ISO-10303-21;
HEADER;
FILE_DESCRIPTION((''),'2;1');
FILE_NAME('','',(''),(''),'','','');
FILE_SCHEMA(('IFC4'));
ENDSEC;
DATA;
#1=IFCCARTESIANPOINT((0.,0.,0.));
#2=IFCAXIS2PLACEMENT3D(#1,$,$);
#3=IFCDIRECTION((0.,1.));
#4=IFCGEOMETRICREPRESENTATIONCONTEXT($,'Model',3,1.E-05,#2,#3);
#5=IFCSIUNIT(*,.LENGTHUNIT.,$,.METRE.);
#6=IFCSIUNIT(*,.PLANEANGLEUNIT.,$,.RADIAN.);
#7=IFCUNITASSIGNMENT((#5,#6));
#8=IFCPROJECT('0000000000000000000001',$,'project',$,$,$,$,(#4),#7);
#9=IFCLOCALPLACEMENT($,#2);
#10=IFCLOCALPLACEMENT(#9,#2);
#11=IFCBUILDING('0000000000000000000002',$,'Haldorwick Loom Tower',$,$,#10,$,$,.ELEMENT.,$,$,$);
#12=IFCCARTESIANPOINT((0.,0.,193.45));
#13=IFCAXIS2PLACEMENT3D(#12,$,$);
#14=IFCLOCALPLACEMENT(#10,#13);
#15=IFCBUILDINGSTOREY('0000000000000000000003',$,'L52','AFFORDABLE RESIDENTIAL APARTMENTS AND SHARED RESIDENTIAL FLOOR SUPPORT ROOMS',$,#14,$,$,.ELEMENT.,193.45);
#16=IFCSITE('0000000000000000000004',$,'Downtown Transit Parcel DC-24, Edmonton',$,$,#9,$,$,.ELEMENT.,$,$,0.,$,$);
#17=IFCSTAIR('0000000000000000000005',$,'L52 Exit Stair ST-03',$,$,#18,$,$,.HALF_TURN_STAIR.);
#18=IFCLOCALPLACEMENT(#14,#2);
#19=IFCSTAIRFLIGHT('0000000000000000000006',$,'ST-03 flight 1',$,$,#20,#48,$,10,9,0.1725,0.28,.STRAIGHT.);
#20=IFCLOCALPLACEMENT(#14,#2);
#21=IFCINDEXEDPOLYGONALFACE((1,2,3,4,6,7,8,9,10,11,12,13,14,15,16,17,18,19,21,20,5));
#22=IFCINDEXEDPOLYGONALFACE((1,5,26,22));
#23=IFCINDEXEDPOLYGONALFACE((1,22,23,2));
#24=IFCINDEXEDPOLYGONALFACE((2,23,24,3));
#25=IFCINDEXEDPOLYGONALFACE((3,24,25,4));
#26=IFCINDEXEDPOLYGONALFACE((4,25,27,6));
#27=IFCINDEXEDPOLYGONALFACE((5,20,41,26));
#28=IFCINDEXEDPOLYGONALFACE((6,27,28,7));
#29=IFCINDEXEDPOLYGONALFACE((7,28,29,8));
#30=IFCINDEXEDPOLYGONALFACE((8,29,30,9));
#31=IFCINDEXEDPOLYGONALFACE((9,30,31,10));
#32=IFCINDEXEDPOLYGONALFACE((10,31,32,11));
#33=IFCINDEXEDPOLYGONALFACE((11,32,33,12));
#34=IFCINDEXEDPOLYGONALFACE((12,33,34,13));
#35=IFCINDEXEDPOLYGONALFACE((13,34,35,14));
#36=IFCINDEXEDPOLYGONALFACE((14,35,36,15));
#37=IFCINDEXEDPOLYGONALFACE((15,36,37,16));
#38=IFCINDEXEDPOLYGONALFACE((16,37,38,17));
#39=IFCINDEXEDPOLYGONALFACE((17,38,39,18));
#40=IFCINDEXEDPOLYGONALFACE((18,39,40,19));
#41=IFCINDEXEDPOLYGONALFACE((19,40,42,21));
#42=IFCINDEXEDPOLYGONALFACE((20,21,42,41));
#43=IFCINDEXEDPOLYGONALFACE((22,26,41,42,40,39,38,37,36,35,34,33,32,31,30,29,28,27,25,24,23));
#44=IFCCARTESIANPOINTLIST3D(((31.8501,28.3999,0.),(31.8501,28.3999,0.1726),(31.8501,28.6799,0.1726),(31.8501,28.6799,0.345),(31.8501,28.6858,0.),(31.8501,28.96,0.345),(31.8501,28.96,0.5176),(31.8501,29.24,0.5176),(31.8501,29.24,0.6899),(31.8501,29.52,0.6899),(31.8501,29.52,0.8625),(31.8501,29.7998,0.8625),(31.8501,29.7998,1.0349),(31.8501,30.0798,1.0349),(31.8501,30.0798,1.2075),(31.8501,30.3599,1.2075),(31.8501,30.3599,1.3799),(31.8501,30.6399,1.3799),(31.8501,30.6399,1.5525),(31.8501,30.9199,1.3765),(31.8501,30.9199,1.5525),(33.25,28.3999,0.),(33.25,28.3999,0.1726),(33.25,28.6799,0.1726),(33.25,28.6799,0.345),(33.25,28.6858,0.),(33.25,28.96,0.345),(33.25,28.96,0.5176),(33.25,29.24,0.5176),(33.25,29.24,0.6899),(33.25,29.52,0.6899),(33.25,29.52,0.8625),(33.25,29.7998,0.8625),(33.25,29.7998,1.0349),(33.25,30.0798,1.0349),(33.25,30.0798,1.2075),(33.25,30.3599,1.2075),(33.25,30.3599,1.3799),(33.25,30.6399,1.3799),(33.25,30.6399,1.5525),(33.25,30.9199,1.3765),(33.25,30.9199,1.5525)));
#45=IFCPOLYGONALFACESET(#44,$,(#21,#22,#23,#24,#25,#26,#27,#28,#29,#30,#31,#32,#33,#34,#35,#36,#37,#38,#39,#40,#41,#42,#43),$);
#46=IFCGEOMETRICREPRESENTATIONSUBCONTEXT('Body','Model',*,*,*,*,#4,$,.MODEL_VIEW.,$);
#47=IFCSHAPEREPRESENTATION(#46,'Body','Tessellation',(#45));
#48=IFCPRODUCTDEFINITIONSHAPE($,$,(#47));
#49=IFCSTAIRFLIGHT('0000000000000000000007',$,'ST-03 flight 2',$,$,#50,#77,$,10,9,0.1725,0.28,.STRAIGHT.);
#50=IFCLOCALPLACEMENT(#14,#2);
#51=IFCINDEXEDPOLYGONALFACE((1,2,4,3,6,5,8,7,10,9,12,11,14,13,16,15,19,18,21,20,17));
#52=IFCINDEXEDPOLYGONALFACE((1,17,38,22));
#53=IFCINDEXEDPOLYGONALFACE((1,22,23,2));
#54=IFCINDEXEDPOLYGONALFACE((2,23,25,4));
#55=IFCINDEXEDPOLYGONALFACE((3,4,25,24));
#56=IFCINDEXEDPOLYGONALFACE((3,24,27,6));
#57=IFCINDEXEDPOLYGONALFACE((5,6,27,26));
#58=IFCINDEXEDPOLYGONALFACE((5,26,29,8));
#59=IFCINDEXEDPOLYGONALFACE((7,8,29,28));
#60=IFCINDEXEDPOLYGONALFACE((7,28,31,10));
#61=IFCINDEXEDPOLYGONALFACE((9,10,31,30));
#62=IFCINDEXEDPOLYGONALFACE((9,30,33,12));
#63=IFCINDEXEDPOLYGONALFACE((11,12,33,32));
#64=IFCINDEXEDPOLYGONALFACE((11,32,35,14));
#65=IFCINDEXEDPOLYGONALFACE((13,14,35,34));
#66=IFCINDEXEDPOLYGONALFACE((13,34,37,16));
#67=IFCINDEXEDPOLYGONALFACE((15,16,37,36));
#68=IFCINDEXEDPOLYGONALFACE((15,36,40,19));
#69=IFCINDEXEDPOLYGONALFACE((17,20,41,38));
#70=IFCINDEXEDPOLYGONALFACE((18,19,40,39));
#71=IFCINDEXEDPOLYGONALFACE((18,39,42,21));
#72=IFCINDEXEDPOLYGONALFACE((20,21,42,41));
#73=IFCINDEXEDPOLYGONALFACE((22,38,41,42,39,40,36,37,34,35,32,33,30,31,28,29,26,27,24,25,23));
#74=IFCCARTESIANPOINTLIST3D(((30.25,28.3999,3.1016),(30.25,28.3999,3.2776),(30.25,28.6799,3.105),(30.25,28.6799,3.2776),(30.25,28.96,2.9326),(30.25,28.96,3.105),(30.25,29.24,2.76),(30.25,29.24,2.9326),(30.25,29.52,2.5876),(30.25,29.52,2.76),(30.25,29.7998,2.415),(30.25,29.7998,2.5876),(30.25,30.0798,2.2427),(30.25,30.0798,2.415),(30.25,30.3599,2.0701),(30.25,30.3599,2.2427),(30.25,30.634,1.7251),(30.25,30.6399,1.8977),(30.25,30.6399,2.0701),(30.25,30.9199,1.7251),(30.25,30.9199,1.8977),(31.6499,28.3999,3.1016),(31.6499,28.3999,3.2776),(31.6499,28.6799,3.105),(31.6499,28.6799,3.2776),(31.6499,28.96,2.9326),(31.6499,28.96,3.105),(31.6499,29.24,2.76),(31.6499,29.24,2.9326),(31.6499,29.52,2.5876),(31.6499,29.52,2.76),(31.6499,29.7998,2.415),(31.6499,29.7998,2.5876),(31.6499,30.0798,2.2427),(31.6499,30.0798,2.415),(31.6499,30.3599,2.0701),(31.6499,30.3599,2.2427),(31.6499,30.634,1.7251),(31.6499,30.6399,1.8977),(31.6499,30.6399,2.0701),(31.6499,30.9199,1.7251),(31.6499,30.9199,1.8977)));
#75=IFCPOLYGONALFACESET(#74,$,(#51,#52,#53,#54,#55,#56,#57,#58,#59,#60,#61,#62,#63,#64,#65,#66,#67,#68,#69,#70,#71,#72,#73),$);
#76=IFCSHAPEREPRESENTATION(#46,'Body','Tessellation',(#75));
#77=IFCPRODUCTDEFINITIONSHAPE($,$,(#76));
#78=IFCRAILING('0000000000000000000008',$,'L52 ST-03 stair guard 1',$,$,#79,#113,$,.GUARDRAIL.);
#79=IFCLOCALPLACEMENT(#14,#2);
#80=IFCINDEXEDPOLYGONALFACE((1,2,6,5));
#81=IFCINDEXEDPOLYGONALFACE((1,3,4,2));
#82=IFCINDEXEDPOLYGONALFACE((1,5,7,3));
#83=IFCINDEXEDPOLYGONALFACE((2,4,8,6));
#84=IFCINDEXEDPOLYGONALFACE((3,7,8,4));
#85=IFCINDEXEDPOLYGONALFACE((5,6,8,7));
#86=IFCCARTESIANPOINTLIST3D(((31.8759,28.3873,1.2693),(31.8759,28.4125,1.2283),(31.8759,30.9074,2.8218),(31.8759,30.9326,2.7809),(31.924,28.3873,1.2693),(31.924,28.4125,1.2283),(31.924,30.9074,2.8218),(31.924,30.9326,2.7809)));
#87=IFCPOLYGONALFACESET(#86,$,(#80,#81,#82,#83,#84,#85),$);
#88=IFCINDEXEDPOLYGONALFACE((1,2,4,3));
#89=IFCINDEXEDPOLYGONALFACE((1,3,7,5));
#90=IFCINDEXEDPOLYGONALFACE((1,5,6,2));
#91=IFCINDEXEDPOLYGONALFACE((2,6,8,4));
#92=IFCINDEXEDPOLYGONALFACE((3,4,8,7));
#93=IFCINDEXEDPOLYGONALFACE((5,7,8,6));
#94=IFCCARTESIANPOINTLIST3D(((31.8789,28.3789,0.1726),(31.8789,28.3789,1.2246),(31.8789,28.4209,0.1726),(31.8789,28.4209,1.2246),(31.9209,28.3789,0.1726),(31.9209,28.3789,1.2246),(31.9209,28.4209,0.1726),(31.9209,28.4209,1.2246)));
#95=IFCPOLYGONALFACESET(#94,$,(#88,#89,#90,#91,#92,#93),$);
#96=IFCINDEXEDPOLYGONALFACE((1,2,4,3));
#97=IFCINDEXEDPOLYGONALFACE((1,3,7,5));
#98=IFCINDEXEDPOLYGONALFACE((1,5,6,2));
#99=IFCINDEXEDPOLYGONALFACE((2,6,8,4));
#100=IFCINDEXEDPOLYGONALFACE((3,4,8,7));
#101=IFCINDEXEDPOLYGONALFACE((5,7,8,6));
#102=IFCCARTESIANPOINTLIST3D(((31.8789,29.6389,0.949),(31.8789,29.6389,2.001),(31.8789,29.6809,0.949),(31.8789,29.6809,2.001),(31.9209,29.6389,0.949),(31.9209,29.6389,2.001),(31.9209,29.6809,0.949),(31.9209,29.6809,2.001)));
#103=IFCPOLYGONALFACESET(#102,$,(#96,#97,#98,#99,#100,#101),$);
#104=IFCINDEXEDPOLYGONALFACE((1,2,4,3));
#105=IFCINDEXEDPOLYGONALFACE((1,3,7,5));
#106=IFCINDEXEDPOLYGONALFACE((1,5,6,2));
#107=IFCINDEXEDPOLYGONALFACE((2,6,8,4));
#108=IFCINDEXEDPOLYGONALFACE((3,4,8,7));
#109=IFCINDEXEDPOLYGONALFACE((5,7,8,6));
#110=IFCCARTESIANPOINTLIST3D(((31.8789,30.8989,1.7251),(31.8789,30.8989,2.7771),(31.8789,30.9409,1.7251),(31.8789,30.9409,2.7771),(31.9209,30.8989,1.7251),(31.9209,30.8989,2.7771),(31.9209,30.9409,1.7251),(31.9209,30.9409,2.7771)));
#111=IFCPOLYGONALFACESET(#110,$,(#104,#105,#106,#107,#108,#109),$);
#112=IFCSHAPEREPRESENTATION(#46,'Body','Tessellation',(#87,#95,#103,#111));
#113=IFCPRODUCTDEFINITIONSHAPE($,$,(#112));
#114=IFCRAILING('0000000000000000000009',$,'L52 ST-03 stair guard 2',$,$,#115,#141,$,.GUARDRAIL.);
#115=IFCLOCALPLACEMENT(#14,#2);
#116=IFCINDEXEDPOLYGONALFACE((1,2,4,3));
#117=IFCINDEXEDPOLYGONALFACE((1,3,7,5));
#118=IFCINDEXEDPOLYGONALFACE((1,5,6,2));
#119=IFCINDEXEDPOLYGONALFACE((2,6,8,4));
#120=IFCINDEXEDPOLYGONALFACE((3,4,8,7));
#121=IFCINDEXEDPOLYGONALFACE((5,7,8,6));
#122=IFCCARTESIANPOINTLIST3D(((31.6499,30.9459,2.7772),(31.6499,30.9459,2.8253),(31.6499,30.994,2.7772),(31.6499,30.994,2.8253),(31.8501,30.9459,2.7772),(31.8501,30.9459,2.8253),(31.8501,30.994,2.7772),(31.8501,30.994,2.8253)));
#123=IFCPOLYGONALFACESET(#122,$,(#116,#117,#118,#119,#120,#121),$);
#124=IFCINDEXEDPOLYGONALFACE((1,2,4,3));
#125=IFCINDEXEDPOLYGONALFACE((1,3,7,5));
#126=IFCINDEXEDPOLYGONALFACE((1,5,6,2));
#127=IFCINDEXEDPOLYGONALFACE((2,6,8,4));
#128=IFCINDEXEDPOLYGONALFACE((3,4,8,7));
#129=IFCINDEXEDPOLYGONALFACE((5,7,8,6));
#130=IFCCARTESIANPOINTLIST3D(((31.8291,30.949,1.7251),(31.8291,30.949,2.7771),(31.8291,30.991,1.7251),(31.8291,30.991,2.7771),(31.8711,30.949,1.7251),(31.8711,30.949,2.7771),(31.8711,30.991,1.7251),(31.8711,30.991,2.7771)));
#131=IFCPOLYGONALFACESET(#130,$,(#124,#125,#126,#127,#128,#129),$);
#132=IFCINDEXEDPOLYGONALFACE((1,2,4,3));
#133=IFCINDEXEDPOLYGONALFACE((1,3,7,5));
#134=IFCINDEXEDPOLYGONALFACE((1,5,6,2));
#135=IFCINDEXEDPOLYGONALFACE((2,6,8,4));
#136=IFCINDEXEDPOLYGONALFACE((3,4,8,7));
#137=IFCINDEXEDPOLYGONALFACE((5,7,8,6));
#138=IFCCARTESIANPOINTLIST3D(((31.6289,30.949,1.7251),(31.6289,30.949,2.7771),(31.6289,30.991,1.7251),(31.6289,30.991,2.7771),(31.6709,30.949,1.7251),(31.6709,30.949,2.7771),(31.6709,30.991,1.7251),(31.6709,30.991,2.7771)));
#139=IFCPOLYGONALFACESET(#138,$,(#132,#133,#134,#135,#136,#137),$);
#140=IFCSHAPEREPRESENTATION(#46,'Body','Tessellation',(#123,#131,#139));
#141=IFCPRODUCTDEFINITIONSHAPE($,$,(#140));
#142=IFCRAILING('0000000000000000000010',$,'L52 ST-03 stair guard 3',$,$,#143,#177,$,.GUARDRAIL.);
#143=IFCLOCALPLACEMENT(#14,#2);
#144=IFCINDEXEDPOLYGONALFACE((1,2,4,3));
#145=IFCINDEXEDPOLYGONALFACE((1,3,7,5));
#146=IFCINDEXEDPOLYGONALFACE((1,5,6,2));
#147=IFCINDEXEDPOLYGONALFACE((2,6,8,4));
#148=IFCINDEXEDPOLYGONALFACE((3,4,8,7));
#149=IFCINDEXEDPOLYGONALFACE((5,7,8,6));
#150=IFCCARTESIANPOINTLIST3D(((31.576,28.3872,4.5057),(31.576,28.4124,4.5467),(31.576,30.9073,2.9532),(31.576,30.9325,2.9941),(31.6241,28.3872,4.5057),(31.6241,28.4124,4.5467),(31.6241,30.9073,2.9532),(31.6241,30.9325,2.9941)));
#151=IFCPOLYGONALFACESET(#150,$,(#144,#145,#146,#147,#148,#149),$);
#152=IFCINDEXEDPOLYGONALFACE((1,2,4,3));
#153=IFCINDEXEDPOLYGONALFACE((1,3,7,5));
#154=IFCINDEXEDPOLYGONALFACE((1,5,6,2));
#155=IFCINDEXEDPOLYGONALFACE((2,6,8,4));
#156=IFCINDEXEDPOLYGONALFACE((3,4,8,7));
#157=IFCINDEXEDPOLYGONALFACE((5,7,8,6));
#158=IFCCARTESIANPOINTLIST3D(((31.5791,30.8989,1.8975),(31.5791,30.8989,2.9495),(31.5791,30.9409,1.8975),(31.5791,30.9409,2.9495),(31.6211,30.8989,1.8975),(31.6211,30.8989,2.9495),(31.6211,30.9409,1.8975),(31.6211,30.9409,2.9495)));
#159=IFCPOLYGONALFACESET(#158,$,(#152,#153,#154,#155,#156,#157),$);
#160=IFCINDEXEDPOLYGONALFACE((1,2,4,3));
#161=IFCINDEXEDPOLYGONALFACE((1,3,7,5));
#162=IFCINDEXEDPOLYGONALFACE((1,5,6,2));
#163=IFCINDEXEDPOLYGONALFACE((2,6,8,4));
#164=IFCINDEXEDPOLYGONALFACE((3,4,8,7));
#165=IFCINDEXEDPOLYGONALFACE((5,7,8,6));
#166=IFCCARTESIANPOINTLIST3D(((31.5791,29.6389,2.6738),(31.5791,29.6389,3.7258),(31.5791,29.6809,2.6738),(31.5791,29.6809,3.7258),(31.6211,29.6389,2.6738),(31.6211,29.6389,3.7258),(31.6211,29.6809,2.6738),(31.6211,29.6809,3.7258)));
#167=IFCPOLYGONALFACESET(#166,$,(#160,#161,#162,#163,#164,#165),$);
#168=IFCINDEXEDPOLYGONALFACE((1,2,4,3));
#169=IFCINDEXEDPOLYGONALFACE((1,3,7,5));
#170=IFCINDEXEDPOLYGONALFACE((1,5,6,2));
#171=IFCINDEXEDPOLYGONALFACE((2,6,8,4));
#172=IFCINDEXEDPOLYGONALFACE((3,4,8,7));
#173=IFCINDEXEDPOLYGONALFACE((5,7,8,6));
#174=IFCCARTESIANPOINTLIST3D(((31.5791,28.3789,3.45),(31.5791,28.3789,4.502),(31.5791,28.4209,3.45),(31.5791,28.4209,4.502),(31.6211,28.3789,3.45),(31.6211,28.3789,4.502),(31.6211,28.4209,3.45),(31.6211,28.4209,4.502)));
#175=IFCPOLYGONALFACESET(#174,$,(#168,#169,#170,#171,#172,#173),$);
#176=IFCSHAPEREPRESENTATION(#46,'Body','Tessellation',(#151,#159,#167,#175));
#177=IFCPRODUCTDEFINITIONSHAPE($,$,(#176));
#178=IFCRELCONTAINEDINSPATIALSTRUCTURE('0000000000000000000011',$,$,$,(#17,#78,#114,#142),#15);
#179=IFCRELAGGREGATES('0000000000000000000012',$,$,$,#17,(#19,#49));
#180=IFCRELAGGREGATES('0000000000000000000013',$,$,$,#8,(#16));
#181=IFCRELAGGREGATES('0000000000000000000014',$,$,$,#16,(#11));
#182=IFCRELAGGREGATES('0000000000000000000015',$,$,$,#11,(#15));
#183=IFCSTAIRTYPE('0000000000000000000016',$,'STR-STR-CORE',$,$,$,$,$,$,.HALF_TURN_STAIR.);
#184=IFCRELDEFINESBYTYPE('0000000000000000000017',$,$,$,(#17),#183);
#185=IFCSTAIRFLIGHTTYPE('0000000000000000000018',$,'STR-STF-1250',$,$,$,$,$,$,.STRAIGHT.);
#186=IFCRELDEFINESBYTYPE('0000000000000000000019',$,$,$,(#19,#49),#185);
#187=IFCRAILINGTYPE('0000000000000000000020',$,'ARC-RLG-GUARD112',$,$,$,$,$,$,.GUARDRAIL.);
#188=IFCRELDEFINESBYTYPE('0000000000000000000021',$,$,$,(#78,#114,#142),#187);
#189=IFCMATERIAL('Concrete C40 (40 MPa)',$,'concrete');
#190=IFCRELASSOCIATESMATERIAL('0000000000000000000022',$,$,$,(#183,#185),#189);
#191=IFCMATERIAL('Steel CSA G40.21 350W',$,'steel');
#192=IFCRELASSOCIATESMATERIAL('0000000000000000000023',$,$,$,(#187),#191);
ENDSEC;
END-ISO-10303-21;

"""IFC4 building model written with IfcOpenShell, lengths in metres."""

from ifc_helpers import new_model, si_unit, direction, frame, origin, origin_2d, place, context, subcontext, project, spatial, polyline, rectangle, outline, extrude, material, type_object, element, aggregate, save


model = new_model("IFC4")

# Units and contexts
model_context = context("Model", 3, precision=1e-05, world=origin(), true_north=direction((0.0, 1.0)))
body_context = subcontext(model_context, "Body", "Model", "MODEL_VIEW")
ifc_project = project(units=[si_unit("LENGTHUNIT", "METRE"), si_unit("PLANEANGLEUNIT", "RADIAN")], contexts=[model_context])

# Site, building, storey
site_placement = place(None, origin())
site = spatial("IfcSite", under=ifc_project, at=site_placement, Name="Downtown Transit Parcel DC-24, Edmonton", CompositionType="ELEMENT", RefElevation=0.0)
building_placement = place(site_placement, origin())
building = spatial("IfcBuilding", under=site, at=building_placement, Name="Haldorwick Loom Tower", CompositionType="ELEMENT")
storey_placement = place(building_placement, frame((0.0, 0.0, 193.45)))
storey = spatial("IfcBuildingStorey", under=building, at=storey_placement, Name="L52", Description="AFFORDABLE RESIDENTIAL APARTMENTS AND SHARED RESIDENTIAL FLOOR SUPPORT ROOMS", CompositionType="ELEMENT", Elevation=193.45)

# Shared definitions
ifc_material_1 = material(Name="Steel CSA G40.21 350W", Category="steel")

# Stair, stair flights
ifc_material_2 = material(Name="Concrete C40 (40 MPa)", Category="concrete")
stair_type = type_object("IfcStairType", Name="STR-STR-CORE", PredefinedType="HALF_TURN_STAIR", material=ifc_material_2)
stair_placement = place(storey_placement, origin())
stair = element("IfcStair", 1, at=stair_placement, inside=storey, type_object=stair_type, Name="L52 Exit Stair ST-03", PredefinedType="HALF_TURN_STAIR")
stair_flight_type = type_object("IfcStairFlightType", Name="STR-STF-1250", PredefinedType="STRAIGHT", material=ifc_material_2)
stair_flight_1_placement = place(storey_placement, frame((32.55, 28.3999, 0.0), z_axis=(0.0, 0.0, 1.0), x_axis=(0.0, 1.0, 0.0)))
stair_flight_1 = element("IfcStairFlight", 2, at=stair_flight_1_placement, type_object=stair_flight_type, Name="ST-03 flight 1", NumberOfRisers=10, NumberOfTreads=9, PredefinedType="STRAIGHT", RiserHeight=0.1725, TreadLength=0.28, context=body_context, shape_type="SweptSolid", body=[
    extrude(outline(polyline([(0.0, 0.0), (0.0, 0.1726), (0.28, 0.1726), (0.28, 0.345), (0.5601, 0.345), (0.5601, 0.5176), (0.8401, 0.5176), (0.8401, 0.6899), (1.1201, 0.6899), (1.1201, 0.8625), (1.3999, 0.8625), (1.3999, 1.0349), (1.6799, 1.0349), (1.6799, 1.2075), (1.96, 1.2075), (1.96, 1.3799), (2.24, 1.3799), (2.24, 1.5525), (2.52, 1.5525), (2.52, 1.7251), (2.52, 1.3765), (0.2859, 0.0), (0.0, 0.0)])), frame((0.0, 0.7, 0.0), z_axis=(0.0, -1.0, 0.0), x_axis=(1.0, 0.0, 0.0)), (0.0, 0.0, 1.0), 1.3999),
])
stair_flight_2_placement = place(storey_placement, frame((30.95, 30.9199, 1.7251), z_axis=(0.0, 0.0, 1.0), x_axis=(0.0, -1.0, 0.0)))
stair_flight_2 = element("IfcStairFlight", 3, at=stair_flight_2_placement, type_object=stair_flight_type, Name="ST-03 flight 2", NumberOfRisers=10, NumberOfTreads=9, PredefinedType="STRAIGHT", RiserHeight=0.1725, TreadLength=0.28, context=body_context, shape_type="SweptSolid", body=[
    extrude(outline(polyline([(0.0, 0.0), (0.0, 0.1726), (0.28, 0.1726), (0.28, 0.345), (0.5601, 0.345), (0.5601, 0.5176), (0.8401, 0.5176), (0.8401, 0.6899), (1.1201, 0.6899), (1.1201, 0.8625), (1.3999, 0.8625), (1.3999, 1.0349), (1.6799, 1.0349), (1.6799, 1.2075), (1.96, 1.2075), (1.96, 1.3799), (2.24, 1.3799), (2.24, 1.5525), (2.52, 1.5525), (2.52, 1.7251), (2.52, 1.3765), (0.2859, 0.0), (0.0, 0.0)])), frame((0.0, 0.7, 0.0), z_axis=(0.0, -1.0, 0.0), x_axis=(1.0, 0.0, 0.0)), (0.0, 0.0, 1.0), 1.3999),
])
aggregate(stair, [stair_flight_1, stair_flight_2])

# Railings
railing_type_1 = type_object("IfcRailingType", Name="ARC-RLG-GUARD112", PredefinedType="GUARDRAIL", material=ifc_material_1)
railing_1_placement = place(storey_placement, frame((31.8999, 28.3999, 0.1726)))
element("IfcRailing", 4, at=railing_1_placement, inside=storey, type_object=railing_type_1, Name="L52 ST-03 stair guard 1", PredefinedType="GUARDRAIL", context=body_context, shape_type="SweptSolid", body=[
    extrude(rectangle(XDim=0.0481, YDim=0.0481, at=origin_2d()), frame((0.0, 0.0, 1.0762), z_axis=(0.0, 0.8514, 0.524516), x_axis=(-1.0, 0.0, 0.0)), (0.0, 0.0, 1.0), 2.96),
    extrude(rectangle(XDim=0.042, YDim=0.042, at=origin_2d()), origin(), (0.0, 0.0, 1.0), 1.052),
    extrude(rectangle(XDim=0.042, YDim=0.042, at=origin_2d()), frame((0.0, 1.26, 0.7764)), (0.0, 0.0, 1.0), 1.052),
    extrude(rectangle(XDim=0.042, YDim=0.042, at=origin_2d()), frame((0.0, 2.52, 1.5525)), (0.0, 0.0, 1.0), 1.052),
])
railing_2_placement = place(storey_placement, frame((31.8501, 30.97, 1.7251)))
element("IfcRailing", 5, at=railing_2_placement, inside=storey, type_object=railing_type_1, Name="L52 ST-03 stair guard 2", PredefinedType="GUARDRAIL", context=body_context, shape_type="SweptSolid", body=[
    extrude(rectangle(XDim=0.0481, YDim=0.0481, at=origin_2d()), frame((0.0, 0.0, 1.0762), z_axis=(-1.0, 0.0, 0.0), x_axis=(0.0, -1.0, 0.0)), (0.0, 0.0, 1.0), 0.2002),
    extrude(rectangle(XDim=0.042, YDim=0.042, at=origin_2d()), origin(), (0.0, 0.0, 1.0), 1.052),
    extrude(rectangle(XDim=0.042, YDim=0.042, at=origin_2d()), frame((-0.2002, 0.0, 0.0)), (0.0, 0.0, 1.0), 1.052),
])
railing_3_placement = place(storey_placement, frame((31.6001, 30.9199, 1.8975)))
element("IfcRailing", 6, at=railing_3_placement, inside=storey, type_object=railing_type_1, Name="L52 ST-03 stair guard 3", PredefinedType="GUARDRAIL", context=body_context, shape_type="SweptSolid", body=[
    extrude(rectangle(XDim=0.0481, YDim=0.0481, at=origin_2d()), frame((0.0, 0.0, 1.0762), z_axis=(0.0, -0.8514, 0.524516), x_axis=(1.0, 0.0, 0.0)), (0.0, 0.0, 1.0), 2.96),
    extrude(rectangle(XDim=0.042, YDim=0.042, at=origin_2d()), origin(), (0.0, 0.0, 1.0), 1.052),
    extrude(rectangle(XDim=0.042, YDim=0.042, at=origin_2d()), frame((0.0, -1.26, 0.7764)), (0.0, 0.0, 1.0), 1.052),
    extrude(rectangle(XDim=0.042, YDim=0.042, at=origin_2d()), frame((0.0, -2.52, 1.5525)), (0.0, 0.0, 1.0), 1.052),
])

save(model, "model.ifc")
